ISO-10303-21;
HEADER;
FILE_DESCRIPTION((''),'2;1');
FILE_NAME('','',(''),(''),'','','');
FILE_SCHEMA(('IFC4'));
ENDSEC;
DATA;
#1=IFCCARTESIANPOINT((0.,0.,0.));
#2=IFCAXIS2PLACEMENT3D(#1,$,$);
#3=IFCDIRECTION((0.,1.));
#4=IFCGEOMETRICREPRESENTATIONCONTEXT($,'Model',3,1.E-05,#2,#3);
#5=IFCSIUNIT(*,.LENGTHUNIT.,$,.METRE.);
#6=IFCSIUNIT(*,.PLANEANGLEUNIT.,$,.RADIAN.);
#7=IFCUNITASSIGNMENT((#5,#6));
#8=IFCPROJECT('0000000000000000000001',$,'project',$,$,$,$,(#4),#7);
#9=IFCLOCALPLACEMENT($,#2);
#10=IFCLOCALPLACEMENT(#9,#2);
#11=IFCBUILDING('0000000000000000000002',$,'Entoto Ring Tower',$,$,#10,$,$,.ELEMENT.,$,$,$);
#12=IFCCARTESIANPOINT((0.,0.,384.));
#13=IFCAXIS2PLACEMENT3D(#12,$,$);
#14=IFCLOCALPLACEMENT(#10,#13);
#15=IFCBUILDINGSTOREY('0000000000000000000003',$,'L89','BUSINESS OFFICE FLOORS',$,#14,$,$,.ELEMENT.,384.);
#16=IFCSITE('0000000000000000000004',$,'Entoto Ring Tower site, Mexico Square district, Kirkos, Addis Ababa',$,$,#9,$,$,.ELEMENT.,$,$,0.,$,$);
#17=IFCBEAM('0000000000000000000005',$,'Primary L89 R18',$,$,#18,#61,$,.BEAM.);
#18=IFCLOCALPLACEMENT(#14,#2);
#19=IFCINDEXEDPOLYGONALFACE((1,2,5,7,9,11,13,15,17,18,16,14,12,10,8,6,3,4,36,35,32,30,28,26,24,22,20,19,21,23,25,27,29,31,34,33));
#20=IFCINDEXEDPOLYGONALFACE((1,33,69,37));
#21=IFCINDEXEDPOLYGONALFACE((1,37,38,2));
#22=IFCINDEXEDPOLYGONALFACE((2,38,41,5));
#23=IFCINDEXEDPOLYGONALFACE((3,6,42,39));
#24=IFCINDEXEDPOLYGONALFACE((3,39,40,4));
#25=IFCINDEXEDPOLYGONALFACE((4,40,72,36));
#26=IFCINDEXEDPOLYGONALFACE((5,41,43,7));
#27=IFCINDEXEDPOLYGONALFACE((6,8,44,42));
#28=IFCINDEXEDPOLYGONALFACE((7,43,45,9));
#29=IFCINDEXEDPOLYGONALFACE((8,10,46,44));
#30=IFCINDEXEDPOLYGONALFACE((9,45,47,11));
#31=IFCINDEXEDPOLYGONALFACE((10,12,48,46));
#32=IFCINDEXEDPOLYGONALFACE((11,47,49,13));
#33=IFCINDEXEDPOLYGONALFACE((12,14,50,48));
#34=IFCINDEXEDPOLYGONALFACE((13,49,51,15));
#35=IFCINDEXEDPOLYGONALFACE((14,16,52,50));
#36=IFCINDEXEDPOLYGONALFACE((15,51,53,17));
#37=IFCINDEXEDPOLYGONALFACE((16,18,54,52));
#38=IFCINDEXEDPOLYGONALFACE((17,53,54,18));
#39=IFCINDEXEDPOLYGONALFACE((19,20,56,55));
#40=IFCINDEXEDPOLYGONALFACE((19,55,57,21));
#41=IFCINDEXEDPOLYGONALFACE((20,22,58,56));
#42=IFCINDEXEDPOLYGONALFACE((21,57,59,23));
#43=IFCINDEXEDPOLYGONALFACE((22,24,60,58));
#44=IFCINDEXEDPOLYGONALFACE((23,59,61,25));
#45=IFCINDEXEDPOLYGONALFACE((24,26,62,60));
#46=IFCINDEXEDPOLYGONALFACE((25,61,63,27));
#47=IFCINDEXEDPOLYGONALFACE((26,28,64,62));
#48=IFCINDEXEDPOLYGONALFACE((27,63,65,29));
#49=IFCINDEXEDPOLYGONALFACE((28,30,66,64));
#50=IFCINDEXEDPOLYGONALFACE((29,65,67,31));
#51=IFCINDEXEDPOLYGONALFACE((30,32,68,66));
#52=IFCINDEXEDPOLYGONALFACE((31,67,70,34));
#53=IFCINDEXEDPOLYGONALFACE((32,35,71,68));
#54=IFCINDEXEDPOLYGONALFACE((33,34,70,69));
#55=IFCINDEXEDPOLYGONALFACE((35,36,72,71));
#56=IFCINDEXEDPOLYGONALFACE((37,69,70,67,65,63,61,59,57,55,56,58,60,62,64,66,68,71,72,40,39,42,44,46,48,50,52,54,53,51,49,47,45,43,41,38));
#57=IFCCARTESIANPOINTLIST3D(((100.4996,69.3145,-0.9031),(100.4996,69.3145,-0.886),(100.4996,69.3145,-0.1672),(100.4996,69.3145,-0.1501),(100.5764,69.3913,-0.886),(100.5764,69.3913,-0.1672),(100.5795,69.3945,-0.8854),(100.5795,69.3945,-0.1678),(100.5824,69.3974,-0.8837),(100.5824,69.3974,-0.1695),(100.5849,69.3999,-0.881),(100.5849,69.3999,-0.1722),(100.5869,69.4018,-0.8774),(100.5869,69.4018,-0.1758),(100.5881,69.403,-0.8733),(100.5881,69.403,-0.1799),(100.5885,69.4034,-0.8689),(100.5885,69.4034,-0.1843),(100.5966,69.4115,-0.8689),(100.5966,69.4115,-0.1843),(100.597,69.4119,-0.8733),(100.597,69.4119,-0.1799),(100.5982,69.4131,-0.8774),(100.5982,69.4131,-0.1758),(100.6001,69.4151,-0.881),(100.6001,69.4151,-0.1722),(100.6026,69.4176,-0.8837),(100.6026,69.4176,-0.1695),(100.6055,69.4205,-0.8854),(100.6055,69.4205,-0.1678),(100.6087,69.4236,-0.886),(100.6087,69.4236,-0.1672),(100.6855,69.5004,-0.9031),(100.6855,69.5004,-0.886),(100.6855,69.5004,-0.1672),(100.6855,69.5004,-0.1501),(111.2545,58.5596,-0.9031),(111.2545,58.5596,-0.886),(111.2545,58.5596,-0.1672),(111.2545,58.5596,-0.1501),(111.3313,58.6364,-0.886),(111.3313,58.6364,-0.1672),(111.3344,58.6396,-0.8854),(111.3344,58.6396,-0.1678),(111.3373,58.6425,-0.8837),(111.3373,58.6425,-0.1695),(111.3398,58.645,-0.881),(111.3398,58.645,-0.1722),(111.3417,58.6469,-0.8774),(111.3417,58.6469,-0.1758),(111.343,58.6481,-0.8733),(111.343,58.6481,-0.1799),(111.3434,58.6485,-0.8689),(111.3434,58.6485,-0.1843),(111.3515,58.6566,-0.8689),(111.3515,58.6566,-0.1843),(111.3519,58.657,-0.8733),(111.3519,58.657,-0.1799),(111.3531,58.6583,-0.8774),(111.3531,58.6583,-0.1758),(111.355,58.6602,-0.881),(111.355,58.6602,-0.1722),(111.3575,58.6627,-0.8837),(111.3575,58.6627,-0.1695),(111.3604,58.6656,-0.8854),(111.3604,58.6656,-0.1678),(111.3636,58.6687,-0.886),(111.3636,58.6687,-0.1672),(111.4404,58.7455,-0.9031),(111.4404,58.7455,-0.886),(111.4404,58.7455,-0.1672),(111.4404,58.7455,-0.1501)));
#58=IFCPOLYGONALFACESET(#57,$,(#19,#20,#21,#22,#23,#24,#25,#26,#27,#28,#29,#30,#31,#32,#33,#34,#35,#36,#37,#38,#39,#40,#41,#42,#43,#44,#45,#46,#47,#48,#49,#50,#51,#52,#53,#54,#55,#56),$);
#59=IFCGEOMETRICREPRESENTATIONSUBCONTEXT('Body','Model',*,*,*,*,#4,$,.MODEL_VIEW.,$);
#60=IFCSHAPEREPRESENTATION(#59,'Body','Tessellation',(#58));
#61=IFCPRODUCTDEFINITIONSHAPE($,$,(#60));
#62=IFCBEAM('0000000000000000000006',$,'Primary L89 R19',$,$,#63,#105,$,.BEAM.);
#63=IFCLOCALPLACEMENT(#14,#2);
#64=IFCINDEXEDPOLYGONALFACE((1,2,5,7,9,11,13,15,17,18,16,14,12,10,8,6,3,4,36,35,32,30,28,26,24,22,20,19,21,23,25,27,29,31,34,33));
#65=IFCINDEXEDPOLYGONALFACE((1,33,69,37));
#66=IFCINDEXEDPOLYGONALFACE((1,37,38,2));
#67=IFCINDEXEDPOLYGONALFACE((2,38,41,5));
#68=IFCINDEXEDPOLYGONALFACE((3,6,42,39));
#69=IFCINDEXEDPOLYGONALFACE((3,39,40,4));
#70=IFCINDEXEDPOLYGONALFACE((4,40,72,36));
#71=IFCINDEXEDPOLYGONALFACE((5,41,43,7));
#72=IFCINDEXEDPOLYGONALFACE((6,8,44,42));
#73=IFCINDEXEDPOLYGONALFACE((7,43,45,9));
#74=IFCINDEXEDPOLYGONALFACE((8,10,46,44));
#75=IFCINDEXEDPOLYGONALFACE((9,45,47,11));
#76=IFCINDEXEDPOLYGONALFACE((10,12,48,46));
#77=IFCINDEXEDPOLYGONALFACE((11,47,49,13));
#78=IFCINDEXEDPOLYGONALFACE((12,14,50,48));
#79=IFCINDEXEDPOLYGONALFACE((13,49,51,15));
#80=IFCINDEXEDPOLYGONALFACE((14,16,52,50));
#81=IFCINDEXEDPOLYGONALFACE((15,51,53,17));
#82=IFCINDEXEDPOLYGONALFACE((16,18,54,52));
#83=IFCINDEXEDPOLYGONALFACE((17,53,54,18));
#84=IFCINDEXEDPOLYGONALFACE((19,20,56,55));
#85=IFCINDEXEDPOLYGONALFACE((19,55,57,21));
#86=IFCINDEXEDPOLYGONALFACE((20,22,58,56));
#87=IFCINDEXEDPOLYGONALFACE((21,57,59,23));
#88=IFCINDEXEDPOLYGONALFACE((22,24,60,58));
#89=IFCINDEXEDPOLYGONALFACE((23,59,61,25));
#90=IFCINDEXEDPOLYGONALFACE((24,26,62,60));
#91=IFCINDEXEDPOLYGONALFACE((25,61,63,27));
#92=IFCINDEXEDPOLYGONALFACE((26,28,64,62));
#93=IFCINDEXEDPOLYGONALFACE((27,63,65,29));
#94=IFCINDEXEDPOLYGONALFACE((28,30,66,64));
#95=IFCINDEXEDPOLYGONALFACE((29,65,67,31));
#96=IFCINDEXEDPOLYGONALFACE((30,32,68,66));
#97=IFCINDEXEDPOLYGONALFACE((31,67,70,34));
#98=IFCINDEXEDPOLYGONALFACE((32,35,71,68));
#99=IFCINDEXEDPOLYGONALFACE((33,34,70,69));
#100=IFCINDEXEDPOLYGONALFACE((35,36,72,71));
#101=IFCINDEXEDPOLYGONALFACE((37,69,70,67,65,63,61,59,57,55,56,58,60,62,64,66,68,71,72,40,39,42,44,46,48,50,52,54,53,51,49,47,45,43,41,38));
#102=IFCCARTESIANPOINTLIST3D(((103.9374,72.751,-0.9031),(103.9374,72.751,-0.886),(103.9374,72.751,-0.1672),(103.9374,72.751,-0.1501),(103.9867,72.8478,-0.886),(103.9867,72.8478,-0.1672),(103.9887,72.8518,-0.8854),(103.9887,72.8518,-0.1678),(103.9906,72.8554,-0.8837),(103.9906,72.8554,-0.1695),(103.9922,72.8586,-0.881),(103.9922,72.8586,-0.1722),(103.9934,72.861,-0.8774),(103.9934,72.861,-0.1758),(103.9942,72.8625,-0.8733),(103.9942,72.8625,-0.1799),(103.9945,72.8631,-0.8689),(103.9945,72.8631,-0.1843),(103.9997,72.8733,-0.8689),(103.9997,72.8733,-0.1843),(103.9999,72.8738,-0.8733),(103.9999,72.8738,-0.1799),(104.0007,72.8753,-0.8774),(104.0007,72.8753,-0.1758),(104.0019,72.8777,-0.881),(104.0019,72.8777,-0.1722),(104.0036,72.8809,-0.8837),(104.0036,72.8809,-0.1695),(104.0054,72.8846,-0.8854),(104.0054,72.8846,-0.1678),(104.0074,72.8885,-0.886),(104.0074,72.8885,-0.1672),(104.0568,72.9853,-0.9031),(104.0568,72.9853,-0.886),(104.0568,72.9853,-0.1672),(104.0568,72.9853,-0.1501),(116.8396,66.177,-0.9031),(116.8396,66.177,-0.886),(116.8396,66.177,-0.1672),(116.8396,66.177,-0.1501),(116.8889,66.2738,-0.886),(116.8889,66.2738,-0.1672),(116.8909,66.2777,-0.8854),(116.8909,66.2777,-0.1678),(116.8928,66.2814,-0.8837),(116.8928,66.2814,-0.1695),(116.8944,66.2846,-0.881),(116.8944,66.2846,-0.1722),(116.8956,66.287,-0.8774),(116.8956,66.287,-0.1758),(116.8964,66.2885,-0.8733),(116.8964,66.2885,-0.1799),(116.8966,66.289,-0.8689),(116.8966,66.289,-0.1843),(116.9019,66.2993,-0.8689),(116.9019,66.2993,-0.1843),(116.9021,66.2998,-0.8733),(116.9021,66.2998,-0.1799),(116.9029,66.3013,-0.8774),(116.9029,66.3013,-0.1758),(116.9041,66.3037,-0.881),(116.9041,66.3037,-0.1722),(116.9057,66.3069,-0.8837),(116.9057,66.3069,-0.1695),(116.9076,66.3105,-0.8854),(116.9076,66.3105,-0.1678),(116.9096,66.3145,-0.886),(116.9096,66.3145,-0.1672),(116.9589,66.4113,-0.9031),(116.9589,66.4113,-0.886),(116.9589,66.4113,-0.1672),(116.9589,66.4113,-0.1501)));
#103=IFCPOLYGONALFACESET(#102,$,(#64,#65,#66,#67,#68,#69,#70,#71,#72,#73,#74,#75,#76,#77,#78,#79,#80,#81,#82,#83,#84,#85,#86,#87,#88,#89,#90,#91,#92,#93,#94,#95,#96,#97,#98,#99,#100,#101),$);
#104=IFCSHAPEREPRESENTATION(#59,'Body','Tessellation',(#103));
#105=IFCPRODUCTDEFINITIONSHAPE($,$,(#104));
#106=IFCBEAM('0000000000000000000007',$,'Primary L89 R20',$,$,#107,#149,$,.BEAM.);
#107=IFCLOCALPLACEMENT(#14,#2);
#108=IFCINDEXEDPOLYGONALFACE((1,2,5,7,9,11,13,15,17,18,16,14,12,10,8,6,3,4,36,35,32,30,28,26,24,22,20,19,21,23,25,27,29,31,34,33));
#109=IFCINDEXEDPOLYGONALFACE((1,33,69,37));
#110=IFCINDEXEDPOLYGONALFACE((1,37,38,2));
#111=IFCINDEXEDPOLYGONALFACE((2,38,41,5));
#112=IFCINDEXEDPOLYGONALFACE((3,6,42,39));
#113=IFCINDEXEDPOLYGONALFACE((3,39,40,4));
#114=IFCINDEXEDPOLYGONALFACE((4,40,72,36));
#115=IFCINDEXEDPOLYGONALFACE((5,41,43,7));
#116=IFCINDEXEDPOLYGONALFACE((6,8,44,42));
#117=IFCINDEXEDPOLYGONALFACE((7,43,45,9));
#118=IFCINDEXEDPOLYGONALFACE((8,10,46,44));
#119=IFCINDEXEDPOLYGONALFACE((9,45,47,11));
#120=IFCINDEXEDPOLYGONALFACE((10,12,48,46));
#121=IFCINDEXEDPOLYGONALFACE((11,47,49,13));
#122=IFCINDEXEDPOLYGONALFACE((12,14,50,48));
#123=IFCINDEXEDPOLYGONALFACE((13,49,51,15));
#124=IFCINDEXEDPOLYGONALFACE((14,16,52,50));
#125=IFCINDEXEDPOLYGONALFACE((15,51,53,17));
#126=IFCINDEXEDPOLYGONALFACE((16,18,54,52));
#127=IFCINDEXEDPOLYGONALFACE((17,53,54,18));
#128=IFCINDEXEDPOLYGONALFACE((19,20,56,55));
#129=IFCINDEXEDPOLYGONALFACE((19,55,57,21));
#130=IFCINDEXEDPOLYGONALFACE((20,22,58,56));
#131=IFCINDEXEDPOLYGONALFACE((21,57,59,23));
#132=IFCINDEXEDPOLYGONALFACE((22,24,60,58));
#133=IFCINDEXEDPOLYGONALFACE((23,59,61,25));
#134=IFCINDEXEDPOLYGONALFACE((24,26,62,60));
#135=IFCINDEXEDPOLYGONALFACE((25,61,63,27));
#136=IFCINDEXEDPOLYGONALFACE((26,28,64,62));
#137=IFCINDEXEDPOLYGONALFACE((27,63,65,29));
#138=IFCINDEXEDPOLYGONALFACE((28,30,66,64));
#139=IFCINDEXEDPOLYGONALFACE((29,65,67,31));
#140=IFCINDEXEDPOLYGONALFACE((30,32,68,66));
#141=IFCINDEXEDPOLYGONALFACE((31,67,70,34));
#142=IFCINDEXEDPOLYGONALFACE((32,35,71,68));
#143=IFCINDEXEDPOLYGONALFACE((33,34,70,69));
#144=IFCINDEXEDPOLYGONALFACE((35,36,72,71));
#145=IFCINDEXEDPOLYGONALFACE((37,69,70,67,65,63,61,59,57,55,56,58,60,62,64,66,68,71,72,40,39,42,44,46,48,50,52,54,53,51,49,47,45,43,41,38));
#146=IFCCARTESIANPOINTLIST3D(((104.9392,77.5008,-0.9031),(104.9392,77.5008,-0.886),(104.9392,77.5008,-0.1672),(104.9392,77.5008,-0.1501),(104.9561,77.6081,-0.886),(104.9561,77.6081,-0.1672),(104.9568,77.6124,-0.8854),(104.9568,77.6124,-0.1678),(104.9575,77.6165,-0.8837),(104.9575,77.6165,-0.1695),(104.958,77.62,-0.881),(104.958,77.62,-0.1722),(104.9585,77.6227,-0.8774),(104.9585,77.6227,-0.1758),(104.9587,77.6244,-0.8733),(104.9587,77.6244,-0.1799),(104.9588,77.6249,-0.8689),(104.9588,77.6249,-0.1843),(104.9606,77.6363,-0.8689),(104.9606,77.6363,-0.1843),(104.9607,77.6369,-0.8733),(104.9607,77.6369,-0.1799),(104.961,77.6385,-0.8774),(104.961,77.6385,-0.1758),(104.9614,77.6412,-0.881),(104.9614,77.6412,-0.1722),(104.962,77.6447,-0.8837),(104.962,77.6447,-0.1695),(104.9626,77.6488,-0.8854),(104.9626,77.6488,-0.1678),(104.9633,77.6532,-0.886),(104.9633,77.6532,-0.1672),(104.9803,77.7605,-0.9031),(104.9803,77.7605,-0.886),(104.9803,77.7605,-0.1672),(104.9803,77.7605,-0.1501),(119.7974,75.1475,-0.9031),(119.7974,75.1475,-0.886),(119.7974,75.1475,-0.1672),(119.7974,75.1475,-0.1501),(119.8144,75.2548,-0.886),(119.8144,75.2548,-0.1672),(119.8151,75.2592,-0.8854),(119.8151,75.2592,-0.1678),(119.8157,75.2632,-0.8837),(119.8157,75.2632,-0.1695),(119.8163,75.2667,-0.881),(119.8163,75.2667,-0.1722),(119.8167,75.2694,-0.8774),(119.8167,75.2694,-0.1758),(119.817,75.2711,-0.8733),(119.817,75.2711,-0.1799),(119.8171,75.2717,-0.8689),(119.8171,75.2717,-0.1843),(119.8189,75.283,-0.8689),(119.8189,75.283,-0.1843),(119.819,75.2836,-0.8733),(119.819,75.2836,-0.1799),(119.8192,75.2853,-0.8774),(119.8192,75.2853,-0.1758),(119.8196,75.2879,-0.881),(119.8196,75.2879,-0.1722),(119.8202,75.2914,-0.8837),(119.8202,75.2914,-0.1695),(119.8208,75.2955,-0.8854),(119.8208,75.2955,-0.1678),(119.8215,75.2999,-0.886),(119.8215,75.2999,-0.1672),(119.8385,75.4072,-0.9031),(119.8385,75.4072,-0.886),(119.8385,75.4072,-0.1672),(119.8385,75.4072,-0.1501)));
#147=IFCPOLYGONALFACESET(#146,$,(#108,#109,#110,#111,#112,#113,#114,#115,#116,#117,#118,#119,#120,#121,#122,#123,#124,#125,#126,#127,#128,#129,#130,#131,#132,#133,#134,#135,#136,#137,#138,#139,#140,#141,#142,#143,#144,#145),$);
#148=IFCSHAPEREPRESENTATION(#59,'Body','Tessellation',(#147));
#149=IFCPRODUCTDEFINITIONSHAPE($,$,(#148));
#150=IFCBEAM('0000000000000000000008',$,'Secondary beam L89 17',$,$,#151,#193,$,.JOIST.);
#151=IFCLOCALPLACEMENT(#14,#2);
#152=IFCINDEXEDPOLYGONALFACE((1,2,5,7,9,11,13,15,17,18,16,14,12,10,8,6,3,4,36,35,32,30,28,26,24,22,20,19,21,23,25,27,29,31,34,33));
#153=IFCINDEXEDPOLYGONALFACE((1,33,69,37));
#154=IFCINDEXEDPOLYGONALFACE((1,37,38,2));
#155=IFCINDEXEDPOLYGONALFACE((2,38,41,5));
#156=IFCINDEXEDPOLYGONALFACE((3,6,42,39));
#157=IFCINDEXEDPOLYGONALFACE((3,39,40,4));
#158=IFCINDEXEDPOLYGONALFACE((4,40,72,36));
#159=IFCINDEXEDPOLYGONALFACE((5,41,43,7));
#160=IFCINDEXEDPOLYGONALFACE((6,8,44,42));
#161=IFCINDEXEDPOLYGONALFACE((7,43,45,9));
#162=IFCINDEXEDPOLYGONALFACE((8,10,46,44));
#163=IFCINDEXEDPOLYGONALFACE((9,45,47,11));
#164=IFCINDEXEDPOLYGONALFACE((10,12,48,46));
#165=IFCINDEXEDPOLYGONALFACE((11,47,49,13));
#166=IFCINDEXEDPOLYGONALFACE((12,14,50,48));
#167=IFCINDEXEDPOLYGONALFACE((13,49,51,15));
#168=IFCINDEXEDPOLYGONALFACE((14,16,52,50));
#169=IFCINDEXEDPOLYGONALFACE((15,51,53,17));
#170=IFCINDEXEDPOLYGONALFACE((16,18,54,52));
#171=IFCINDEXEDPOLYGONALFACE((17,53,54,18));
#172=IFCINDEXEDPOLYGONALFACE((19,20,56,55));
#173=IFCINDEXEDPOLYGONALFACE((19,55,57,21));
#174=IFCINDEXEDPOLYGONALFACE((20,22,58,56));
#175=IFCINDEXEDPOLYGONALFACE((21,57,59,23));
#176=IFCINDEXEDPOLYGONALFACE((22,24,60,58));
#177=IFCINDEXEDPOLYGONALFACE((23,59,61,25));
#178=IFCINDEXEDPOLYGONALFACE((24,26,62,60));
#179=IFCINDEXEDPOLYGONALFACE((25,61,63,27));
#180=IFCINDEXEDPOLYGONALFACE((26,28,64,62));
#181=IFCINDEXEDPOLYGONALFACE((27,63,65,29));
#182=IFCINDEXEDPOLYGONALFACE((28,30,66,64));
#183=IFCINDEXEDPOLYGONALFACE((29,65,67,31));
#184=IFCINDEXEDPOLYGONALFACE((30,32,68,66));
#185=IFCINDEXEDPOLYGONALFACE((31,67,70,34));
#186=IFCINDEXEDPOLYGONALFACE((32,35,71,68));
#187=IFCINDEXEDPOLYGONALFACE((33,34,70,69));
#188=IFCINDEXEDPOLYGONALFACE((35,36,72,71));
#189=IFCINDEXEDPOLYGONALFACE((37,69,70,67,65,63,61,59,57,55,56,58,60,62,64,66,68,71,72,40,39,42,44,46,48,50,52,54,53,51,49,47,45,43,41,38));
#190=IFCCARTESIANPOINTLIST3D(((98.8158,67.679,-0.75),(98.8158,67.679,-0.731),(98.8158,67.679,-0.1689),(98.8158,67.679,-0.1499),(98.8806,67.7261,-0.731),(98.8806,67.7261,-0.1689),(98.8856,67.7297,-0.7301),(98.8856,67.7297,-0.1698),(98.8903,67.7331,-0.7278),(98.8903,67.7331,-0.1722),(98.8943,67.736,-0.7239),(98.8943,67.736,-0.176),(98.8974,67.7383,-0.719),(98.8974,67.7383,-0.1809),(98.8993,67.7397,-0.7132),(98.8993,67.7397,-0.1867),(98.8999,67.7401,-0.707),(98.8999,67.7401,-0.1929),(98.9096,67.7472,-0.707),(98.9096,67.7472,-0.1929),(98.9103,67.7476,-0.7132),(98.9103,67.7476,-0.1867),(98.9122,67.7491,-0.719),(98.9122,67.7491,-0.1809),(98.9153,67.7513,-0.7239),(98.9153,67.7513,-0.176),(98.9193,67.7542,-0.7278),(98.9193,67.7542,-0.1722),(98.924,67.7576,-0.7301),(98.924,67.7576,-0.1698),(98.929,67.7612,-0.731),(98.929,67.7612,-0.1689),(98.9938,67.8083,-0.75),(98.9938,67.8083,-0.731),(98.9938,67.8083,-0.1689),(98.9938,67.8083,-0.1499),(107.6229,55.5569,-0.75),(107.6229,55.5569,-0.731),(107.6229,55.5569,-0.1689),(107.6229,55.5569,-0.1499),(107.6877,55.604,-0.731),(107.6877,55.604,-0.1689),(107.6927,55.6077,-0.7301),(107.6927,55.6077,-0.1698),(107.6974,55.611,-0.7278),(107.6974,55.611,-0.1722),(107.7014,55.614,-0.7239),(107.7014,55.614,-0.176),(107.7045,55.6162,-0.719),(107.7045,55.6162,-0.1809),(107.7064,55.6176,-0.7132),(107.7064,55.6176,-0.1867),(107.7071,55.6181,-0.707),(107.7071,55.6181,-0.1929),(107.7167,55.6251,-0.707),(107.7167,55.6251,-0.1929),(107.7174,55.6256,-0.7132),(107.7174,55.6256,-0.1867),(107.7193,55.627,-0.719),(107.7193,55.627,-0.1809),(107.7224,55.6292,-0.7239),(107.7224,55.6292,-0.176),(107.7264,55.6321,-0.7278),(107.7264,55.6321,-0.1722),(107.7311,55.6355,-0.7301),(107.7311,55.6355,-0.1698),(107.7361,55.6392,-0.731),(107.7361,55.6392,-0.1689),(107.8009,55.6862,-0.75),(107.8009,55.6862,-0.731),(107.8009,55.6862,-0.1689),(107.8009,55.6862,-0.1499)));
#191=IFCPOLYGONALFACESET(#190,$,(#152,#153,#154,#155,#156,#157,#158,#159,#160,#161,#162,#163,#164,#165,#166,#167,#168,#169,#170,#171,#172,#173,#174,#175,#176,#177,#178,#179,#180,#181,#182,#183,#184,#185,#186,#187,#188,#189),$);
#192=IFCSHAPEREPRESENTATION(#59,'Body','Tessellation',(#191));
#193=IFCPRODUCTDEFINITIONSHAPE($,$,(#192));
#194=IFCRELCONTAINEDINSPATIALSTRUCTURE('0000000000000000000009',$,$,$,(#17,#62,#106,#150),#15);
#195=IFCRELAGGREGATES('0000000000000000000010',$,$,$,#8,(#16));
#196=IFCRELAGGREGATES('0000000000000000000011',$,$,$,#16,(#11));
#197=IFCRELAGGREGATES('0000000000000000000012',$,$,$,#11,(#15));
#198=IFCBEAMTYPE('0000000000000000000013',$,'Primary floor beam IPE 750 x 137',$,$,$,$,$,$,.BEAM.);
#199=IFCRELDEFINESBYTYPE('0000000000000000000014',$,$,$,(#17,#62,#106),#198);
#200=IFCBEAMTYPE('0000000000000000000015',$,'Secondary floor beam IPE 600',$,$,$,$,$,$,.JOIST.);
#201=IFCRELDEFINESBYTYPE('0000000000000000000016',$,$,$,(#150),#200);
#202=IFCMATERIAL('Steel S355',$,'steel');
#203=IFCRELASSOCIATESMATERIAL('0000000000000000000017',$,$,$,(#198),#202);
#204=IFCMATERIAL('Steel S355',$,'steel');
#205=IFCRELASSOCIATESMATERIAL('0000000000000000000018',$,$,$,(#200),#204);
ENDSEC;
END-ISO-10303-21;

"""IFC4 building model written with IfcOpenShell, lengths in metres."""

from ifc_helpers import new_model, si_unit, direction, frame, origin, origin_2d, place, context, subcontext, project, spatial, i_section, extrude, material, material_profile, profile_set, type_object, element, save


model = new_model("IFC4")

# Units and contexts
model_context = context("Model", 3, precision=1e-05, world=origin(), true_north=direction((0.0, 1.0)))
body_context = subcontext(model_context, "Body", "Model", "MODEL_VIEW")
ifc_project = project(units=[si_unit("LENGTHUNIT", "METRE"), si_unit("PLANEANGLEUNIT", "RADIAN")], contexts=[model_context])

# Site, building, storey
site_placement = place(None, origin())
site = spatial("IfcSite", under=ifc_project, at=site_placement, Name="Entoto Ring Tower site, Mexico Square district, Kirkos, Addis Ababa", CompositionType="ELEMENT", RefElevation=0.0)
building_placement = place(site_placement, origin())
building = spatial("IfcBuilding", under=site, at=building_placement, Name="Entoto Ring Tower", CompositionType="ELEMENT")
storey_placement = place(building_placement, frame((0.0, 0.0, 384.0)))
storey = spatial("IfcBuildingStorey", under=building, at=storey_placement, Name="L89", Description="BUSINESS OFFICE FLOORS", CompositionType="ELEMENT", Elevation=384.0)

# Beams
ifc_material_1 = material(Name="Steel S355", Category="steel")
ifc_material_profile_1 = material_profile(ifc_material_1, i_section(OverallWidth=0.2629, OverallDepth=0.7529, WebThickness=0.0115, FlangeThickness=0.0171, FilletRadius=0.0171, at=origin_2d()), Name="IPE 750 x 137")
ifc_profile_set_1 = profile_set([ifc_material_profile_1], Name="Steel S355")
beam_type_1 = type_object("IfcBeamType", Name="Primary floor beam IPE 750 x 137", PredefinedType="BEAM", material=ifc_profile_set_1)
beam_1_placement = place(storey_placement, frame((100.5925, 69.4075, -0.5266), z_axis=(0.707107, -0.707107, 0.0), x_axis=(0.707107, 0.707107, 0.0)))
element("IfcBeam", 1, at=beam_1_placement, inside=storey, type_object=beam_type_1, Name="Primary L89 R18", PredefinedType="BEAM", context=body_context, shape_type="SweptSolid", body=[
    extrude(i_section(OverallWidth=0.2629, OverallDepth=0.7529, WebThickness=0.0115, FlangeThickness=0.0171, FilletRadius=0.0171, at=origin_2d()), origin(), (0.0, 0.0, 1.0), 15.2097),
])
beam_2_placement = place(storey_placement, frame((103.9971, 72.8682, -0.5266), z_axis=(0.891006, -0.453992, 0.0), x_axis=(0.453992, 0.891006, 0.0)))
element("IfcBeam", 2, at=beam_2_placement, inside=storey, type_object=beam_type_1, Name="Primary L89 R19", PredefinedType="BEAM", context=body_context, shape_type="SweptSolid", body=[
    extrude(i_section(OverallWidth=0.2629, OverallDepth=0.7529, WebThickness=0.0115, FlangeThickness=0.0171, FilletRadius=0.0171, at=origin_2d()), origin(), (0.0, 0.0, 1.0), 14.4805),
])
beam_3_placement = place(storey_placement, frame((104.9597, 77.6306, -0.5266), z_axis=(0.987689, -0.156433, 0.0), x_axis=(0.156433, 0.987689, 0.0)))
element("IfcBeam", 3, at=beam_3_placement, inside=storey, type_object=beam_type_1, Name="Primary L89 R20", PredefinedType="BEAM", context=body_context, shape_type="SweptSolid", body=[
    extrude(i_section(OverallWidth=0.2629, OverallDepth=0.7529, WebThickness=0.0115, FlangeThickness=0.0171, FilletRadius=0.0171, at=origin_2d()), origin(), (0.0, 0.0, 1.0), 15.0435),
])
ifc_material_2 = material(Name="Steel S355", Category="steel")
ifc_material_profile_2 = material_profile(ifc_material_2, i_section(OverallWidth=0.22, OverallDepth=0.6001, WebThickness=0.012, FlangeThickness=0.019, FilletRadius=0.0239, at=origin_2d()), Name="IPE 600")
ifc_profile_set_2 = profile_set([ifc_material_profile_2], Name="Steel S355")
beam_type_2 = type_object("IfcBeamType", Name="Secondary floor beam IPE 600", PredefinedType="JOIST", material=ifc_profile_set_2)
for number, where, z_axis, x_axis, name in (
    (4, (98.9048, 67.7437, -0.45), (0.587782, -0.809019, 0.0), (0.809019, 0.587782, 0.0), "Secondary beam L89 17"),
):
    element("IfcBeam", number, at=place(storey_placement, frame(where, z_axis=z_axis, x_axis=x_axis)), inside=storey, type_object=beam_type_2, Name=name, PredefinedType="JOIST", context=body_context, shape_type="SweptSolid", body=[
        extrude(i_section(OverallWidth=0.22, OverallDepth=0.6001, WebThickness=0.012, FlangeThickness=0.019, FilletRadius=0.0239, at=origin_2d()), origin(), (0.0, 0.0, 1.0), 14.9836),
    ])

save(model, "model.ifc")
